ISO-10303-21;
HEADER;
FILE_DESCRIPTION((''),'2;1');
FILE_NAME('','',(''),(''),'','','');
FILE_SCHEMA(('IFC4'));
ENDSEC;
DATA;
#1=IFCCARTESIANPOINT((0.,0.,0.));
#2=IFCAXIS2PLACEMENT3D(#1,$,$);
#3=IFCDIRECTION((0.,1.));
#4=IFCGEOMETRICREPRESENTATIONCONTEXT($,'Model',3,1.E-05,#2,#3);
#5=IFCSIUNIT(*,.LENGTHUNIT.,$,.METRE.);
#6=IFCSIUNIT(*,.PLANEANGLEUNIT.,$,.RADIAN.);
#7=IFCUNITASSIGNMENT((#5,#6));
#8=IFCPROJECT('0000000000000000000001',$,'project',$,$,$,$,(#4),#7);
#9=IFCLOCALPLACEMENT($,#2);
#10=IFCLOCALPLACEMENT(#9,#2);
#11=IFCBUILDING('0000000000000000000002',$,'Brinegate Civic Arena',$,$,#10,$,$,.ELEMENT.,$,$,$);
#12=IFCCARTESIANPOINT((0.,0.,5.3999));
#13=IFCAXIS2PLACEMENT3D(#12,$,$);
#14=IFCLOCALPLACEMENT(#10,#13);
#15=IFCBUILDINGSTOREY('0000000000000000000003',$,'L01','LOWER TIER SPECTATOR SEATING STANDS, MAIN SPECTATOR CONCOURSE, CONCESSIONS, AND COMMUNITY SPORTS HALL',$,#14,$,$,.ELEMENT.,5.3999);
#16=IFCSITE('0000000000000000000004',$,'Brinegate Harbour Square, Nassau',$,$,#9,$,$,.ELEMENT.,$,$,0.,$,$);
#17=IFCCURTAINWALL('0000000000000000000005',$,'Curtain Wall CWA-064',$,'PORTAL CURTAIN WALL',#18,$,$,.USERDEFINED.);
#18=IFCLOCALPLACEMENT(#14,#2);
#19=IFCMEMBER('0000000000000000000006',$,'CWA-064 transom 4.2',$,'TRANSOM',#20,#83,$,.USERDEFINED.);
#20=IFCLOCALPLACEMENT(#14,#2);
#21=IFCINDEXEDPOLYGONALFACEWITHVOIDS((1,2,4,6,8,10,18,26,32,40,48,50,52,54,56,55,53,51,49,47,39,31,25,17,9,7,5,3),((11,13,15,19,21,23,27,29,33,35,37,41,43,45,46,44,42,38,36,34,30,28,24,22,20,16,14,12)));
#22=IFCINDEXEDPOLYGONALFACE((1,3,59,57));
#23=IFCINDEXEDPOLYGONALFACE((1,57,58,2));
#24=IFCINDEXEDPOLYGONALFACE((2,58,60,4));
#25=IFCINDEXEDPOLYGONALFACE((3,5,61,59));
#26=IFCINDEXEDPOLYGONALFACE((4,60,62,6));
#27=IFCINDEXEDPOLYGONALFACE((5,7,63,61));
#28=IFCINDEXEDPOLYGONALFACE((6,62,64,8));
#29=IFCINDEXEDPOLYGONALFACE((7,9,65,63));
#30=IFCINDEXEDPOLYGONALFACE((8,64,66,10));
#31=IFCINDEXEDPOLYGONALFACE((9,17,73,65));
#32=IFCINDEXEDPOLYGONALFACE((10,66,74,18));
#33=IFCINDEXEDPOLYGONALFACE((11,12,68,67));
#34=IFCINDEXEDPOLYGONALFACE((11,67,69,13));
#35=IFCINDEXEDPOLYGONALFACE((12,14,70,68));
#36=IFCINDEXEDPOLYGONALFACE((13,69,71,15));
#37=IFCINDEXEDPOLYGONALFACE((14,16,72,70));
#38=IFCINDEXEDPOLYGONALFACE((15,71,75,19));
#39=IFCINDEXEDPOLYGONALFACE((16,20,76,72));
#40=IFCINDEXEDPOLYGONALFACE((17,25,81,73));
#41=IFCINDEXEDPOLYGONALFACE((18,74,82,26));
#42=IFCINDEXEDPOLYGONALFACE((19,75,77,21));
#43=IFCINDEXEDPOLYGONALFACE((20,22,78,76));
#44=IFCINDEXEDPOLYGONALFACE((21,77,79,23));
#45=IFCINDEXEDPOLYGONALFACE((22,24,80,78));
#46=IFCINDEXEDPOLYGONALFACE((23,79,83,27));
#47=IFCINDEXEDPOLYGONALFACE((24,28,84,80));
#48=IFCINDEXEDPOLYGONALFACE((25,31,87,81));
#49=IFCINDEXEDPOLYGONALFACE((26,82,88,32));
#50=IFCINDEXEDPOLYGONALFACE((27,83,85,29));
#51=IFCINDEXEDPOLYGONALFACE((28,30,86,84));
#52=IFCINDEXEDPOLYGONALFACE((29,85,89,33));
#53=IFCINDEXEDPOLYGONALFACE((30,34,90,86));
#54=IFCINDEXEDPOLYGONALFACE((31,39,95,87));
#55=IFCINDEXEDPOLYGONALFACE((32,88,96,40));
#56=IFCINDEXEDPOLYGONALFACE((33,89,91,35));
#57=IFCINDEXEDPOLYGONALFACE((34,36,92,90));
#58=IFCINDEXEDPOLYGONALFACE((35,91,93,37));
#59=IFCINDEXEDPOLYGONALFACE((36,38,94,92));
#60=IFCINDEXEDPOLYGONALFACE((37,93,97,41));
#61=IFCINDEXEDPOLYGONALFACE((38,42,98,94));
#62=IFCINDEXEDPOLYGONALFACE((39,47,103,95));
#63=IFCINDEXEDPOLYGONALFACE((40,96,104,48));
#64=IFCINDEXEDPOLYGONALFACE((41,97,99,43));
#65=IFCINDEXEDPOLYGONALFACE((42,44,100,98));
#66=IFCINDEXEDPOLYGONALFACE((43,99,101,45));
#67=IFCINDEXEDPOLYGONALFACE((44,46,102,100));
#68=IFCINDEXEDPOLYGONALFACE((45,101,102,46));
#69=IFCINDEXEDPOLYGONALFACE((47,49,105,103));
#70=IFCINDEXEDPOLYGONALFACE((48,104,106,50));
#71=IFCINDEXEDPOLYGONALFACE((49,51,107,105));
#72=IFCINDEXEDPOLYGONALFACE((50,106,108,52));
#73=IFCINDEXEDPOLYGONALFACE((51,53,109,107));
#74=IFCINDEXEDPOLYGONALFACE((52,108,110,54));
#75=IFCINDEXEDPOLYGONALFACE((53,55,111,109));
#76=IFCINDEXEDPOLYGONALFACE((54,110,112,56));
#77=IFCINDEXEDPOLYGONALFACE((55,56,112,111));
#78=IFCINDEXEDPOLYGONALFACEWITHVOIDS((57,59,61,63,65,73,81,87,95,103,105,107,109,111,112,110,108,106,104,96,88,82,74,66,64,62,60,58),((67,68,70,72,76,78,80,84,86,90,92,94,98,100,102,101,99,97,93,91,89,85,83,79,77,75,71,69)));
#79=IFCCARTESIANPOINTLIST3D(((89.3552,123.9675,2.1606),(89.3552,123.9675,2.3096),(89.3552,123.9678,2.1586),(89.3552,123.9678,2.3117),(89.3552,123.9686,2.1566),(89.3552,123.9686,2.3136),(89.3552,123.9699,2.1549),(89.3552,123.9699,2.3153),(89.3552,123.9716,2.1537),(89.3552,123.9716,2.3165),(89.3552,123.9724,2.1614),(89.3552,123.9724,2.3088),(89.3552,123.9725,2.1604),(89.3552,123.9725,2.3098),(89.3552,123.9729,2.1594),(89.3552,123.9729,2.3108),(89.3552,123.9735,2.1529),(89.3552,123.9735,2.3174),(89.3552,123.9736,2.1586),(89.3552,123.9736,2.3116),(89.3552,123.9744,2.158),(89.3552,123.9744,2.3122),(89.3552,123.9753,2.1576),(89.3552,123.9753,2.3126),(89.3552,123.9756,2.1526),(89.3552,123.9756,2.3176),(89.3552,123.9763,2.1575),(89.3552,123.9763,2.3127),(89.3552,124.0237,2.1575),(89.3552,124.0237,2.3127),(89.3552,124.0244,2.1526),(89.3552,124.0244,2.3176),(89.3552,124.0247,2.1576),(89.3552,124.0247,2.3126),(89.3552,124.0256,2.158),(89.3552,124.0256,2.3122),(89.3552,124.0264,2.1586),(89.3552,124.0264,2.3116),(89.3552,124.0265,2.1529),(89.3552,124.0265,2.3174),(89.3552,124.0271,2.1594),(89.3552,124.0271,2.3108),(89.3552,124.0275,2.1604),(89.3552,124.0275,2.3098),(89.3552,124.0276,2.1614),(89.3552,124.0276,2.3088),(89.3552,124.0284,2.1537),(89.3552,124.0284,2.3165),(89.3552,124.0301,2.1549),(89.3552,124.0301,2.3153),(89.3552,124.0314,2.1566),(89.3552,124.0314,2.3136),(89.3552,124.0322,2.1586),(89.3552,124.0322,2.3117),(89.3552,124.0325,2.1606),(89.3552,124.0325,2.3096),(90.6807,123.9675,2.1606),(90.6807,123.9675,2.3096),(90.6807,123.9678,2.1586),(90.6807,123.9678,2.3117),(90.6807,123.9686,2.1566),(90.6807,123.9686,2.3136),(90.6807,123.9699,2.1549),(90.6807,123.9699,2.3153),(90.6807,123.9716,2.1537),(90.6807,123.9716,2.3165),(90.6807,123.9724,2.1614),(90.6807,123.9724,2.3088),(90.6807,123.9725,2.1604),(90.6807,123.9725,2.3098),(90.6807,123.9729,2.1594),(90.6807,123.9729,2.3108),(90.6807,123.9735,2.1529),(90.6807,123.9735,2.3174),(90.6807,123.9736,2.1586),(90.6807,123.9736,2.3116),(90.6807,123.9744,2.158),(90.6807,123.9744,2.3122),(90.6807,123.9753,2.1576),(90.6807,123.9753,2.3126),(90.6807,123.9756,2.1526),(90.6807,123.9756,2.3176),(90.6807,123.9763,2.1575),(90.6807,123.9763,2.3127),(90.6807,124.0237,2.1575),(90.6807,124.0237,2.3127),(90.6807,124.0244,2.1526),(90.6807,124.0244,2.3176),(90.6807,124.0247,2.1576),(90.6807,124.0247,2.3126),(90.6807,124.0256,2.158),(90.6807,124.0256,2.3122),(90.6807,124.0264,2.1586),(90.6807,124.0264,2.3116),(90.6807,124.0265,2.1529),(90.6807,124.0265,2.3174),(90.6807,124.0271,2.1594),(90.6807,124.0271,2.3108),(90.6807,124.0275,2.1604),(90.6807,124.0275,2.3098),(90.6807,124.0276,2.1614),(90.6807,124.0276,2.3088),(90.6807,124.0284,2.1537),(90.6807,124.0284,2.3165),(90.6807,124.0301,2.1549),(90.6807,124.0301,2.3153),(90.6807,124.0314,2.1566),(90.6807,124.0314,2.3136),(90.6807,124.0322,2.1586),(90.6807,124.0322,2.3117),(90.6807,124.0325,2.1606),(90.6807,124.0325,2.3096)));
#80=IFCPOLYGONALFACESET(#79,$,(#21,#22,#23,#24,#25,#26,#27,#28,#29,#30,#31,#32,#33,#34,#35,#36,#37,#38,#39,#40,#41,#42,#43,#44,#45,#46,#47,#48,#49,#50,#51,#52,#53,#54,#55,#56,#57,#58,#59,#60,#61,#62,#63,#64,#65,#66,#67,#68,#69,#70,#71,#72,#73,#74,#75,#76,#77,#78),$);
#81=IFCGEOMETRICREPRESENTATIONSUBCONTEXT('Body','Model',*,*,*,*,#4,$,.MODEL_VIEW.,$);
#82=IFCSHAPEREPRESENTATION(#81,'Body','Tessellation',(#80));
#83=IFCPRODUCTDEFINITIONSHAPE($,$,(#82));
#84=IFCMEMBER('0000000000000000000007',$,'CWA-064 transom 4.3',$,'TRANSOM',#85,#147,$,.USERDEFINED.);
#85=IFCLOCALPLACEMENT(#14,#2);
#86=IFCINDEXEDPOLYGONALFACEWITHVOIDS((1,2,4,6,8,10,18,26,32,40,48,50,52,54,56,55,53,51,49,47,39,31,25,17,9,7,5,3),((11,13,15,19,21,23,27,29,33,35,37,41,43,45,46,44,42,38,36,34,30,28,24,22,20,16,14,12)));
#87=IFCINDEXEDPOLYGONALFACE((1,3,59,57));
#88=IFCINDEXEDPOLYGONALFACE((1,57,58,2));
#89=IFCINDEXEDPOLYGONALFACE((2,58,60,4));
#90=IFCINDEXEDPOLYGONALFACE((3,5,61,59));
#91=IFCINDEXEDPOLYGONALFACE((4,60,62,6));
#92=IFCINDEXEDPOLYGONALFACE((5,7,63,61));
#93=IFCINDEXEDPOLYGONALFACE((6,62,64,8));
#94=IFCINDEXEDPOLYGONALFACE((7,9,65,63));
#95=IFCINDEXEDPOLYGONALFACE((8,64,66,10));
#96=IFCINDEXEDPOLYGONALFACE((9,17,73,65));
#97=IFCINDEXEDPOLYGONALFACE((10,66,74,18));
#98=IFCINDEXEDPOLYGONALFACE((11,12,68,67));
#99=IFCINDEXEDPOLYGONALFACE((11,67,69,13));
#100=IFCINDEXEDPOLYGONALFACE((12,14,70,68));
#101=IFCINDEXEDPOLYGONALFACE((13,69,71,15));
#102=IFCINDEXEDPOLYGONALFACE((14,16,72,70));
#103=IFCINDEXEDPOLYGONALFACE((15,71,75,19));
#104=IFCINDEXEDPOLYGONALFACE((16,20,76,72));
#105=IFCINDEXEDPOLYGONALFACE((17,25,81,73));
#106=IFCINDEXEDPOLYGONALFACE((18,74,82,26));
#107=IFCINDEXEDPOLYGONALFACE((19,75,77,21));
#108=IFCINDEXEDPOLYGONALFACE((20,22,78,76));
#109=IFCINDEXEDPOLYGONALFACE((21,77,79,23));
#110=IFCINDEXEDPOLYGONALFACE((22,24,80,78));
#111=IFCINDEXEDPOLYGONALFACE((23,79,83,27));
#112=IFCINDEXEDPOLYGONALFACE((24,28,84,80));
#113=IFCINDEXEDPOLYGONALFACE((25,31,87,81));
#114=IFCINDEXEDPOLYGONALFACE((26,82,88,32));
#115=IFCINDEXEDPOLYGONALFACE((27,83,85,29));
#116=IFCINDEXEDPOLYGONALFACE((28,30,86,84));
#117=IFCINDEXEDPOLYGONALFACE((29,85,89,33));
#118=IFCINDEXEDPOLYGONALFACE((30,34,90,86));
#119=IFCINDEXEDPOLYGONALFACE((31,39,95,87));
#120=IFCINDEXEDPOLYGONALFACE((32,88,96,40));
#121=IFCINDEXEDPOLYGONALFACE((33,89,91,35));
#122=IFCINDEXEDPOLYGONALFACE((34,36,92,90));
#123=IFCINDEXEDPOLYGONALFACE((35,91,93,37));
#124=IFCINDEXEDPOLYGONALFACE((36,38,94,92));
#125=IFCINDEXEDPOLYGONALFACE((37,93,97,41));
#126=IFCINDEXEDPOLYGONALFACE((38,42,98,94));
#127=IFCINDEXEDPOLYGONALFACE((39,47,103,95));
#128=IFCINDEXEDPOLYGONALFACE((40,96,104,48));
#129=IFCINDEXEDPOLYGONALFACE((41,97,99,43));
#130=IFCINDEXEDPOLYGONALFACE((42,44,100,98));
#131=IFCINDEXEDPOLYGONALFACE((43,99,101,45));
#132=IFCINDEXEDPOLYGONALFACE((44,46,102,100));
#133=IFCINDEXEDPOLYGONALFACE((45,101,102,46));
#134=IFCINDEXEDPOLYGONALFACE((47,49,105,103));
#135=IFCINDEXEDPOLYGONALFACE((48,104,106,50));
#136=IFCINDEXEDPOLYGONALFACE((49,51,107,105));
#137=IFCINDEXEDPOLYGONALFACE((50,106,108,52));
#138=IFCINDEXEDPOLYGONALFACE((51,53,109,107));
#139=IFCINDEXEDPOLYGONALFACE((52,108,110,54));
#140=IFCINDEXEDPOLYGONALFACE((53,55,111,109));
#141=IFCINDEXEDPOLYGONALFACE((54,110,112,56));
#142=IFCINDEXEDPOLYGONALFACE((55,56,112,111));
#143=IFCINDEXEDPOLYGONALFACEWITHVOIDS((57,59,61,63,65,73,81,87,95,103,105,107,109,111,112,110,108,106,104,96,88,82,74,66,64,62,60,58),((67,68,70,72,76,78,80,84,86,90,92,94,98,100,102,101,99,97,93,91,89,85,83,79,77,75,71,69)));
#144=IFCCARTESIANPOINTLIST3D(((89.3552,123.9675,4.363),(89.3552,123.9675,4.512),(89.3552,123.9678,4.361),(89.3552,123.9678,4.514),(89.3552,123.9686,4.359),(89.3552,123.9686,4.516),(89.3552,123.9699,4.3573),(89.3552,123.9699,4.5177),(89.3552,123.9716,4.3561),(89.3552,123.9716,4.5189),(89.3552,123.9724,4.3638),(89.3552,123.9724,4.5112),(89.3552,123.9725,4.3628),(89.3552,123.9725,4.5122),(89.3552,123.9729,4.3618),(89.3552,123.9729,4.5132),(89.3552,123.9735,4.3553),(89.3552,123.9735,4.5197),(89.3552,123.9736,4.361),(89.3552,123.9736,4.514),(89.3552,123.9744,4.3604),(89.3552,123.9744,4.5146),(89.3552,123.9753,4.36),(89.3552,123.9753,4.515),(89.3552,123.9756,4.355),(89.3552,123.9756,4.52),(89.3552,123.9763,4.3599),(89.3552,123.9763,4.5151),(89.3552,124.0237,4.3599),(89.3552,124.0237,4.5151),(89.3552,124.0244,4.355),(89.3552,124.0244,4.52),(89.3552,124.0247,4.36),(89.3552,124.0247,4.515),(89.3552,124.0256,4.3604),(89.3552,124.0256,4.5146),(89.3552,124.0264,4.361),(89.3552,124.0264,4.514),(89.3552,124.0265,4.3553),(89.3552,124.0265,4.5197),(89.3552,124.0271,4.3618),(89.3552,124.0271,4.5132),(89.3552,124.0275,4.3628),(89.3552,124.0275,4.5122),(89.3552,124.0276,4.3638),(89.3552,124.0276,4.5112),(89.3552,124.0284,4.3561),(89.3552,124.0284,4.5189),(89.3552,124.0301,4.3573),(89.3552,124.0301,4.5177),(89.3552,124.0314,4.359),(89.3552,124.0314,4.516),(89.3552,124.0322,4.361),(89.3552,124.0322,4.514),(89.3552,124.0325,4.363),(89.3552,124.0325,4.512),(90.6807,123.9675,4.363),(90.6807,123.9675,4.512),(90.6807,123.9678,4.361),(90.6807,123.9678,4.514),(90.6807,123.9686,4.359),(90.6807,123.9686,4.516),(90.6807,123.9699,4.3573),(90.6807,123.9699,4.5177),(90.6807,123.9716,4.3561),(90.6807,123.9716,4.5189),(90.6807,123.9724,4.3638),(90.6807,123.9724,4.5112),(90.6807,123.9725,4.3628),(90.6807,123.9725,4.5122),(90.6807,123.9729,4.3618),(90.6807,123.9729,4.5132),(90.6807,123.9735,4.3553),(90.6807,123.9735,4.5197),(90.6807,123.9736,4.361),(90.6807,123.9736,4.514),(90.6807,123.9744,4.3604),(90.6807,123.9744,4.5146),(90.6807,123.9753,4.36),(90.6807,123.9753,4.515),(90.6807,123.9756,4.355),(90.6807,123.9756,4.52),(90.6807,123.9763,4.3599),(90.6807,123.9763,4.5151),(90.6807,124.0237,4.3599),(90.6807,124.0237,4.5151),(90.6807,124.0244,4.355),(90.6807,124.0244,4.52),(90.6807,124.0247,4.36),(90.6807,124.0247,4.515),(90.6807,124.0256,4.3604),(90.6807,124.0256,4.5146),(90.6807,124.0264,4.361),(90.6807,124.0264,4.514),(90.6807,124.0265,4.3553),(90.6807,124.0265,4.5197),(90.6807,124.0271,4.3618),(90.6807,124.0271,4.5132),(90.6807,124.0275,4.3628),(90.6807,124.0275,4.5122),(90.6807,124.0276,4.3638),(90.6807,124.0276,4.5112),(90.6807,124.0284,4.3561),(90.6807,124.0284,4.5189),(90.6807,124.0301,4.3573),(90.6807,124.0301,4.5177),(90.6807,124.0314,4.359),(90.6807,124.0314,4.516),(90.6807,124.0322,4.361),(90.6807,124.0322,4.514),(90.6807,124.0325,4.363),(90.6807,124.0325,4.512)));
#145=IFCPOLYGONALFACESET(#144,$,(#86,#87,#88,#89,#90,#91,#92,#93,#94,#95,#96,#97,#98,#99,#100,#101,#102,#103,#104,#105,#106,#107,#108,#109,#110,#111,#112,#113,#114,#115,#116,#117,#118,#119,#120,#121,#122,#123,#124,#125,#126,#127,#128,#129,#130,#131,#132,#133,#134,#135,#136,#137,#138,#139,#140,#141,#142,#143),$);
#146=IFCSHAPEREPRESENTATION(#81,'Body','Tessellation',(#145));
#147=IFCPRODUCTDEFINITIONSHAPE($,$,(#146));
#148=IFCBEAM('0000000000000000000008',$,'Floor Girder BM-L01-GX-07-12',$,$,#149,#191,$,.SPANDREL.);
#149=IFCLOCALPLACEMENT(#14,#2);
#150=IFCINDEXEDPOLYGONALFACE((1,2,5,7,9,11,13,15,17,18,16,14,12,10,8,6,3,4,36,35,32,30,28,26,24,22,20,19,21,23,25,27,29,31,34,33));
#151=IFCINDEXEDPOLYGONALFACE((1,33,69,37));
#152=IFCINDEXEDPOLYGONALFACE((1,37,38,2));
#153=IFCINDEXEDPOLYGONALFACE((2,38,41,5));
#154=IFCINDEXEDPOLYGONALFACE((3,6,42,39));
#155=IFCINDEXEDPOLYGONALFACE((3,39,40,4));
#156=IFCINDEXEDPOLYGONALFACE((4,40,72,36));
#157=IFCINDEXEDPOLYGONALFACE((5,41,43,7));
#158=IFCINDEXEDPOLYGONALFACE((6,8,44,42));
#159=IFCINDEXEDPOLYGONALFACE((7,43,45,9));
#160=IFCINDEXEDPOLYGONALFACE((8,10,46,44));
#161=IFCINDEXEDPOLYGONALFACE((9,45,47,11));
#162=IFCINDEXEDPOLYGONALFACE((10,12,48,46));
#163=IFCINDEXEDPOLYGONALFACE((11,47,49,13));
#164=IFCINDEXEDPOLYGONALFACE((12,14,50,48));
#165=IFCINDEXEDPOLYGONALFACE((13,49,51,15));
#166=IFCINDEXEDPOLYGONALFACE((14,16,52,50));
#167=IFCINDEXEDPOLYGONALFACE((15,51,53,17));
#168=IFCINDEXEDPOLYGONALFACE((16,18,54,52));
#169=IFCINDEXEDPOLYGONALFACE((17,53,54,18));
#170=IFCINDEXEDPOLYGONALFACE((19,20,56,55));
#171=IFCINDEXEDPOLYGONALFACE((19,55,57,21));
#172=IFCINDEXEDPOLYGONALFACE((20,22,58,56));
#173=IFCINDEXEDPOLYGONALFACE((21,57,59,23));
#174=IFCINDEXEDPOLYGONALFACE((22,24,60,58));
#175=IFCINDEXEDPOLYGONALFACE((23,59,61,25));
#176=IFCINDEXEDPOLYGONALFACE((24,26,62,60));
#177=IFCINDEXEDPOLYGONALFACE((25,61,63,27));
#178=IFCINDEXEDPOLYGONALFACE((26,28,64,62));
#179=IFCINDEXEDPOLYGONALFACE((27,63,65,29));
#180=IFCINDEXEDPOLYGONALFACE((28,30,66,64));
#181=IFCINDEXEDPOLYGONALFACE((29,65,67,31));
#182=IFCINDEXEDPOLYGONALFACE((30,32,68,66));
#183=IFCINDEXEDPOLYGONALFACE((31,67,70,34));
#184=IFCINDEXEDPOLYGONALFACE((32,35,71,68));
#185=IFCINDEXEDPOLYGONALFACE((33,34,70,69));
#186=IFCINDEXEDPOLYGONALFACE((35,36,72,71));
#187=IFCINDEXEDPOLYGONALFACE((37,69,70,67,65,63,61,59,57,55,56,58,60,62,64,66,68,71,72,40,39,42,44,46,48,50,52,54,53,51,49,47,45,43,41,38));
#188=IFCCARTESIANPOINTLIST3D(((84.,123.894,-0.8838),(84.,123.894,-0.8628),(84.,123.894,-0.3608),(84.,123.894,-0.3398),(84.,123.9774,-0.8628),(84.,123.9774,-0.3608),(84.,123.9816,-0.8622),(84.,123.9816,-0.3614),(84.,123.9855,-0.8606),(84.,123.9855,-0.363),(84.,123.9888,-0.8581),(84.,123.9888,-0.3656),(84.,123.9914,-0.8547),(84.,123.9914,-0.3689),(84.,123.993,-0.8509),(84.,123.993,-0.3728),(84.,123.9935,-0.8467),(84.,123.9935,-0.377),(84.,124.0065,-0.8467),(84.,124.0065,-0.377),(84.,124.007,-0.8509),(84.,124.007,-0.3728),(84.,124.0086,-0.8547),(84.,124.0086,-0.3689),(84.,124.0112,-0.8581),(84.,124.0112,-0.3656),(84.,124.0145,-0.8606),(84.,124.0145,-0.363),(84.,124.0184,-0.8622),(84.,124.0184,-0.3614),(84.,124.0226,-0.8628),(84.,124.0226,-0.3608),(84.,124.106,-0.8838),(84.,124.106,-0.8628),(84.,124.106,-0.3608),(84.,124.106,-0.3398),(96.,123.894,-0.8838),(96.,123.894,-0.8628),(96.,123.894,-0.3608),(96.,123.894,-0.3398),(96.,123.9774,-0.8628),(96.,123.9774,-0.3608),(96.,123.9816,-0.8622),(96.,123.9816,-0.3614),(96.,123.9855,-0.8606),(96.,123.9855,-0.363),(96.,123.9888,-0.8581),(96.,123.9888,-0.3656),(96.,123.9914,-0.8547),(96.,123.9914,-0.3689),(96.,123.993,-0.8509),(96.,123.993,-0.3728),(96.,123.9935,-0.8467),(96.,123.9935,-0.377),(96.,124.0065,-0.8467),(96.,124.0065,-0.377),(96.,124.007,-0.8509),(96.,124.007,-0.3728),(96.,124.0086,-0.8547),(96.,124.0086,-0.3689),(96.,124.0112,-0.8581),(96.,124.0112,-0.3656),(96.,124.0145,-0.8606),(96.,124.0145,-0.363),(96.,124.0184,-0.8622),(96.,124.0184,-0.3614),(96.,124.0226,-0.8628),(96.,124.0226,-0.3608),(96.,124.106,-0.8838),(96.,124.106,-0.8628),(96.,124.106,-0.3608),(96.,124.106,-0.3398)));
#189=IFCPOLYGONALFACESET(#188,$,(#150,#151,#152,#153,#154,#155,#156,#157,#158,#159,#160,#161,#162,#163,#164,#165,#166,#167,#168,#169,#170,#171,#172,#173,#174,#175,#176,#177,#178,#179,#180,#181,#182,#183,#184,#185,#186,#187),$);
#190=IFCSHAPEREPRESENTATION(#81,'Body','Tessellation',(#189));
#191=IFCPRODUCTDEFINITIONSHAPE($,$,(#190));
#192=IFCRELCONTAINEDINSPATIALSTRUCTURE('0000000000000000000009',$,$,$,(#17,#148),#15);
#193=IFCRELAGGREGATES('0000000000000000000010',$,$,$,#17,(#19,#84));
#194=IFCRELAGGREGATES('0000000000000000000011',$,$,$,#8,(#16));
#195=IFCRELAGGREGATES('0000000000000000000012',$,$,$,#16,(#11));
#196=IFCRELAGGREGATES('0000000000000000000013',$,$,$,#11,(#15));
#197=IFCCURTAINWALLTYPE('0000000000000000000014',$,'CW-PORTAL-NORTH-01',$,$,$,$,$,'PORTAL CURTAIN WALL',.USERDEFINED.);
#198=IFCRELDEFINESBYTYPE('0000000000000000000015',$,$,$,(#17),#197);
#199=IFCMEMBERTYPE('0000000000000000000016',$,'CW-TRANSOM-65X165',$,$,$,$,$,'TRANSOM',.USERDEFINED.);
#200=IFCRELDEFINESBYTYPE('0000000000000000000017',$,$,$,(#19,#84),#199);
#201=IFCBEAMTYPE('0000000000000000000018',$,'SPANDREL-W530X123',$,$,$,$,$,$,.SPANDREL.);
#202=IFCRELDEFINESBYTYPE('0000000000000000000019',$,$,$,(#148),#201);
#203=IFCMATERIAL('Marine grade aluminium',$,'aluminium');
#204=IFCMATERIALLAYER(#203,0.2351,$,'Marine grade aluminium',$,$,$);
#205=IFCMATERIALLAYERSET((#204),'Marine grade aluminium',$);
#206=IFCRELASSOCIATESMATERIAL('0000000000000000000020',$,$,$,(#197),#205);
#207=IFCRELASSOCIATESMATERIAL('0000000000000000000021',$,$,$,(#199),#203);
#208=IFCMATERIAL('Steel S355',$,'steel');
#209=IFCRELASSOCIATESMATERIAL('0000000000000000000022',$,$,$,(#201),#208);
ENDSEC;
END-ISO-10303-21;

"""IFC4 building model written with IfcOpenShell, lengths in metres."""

from ifc_helpers import new_model, si_unit, direction, frame, origin, origin_2d, place, context, subcontext, project, spatial, hollow_rectangle, i_section, extrude, material, layer, layer_set, material_profile, profile_set, type_object, element, aggregate, save


model = new_model("IFC4")

# Units and contexts
model_context = context("Model", 3, precision=1e-05, world=origin(), true_north=direction((0.0, 1.0)))
body_context = subcontext(model_context, "Body", "Model", "MODEL_VIEW")
ifc_project = project(units=[si_unit("LENGTHUNIT", "METRE"), si_unit("PLANEANGLEUNIT", "RADIAN")], contexts=[model_context])

# Site, building, storey
site_placement = place(None, origin())
site = spatial("IfcSite", under=ifc_project, at=site_placement, Name="Brinegate Harbour Square, Nassau", CompositionType="ELEMENT", RefElevation=0.0)
building_placement = place(site_placement, origin())
building = spatial("IfcBuilding", under=site, at=building_placement, Name="Brinegate Civic Arena", CompositionType="ELEMENT")
storey_placement = place(building_placement, frame((0.0, 0.0, 5.3999)))
storey = spatial("IfcBuildingStorey", under=building, at=storey_placement, Name="L01", Description="LOWER TIER SPECTATOR SEATING STANDS, MAIN SPECTATOR CONCOURSE, CONCESSIONS, AND COMMUNITY SPORTS HALL", CompositionType="ELEMENT", Elevation=5.3999)

# Curtain wall, members
ifc_material_1 = material(Name="Marine grade aluminium", Category="aluminium")
ifc_layer_1 = layer(ifc_material_1, 0.2351, Name="Marine grade aluminium")
ifc_layer_set_1 = layer_set([ifc_layer_1], Name="Marine grade aluminium")
curtain_wall_type = type_object("IfcCurtainWallType", Name="CW-PORTAL-NORTH-01", ElementType="PORTAL CURTAIN WALL", PredefinedType="USERDEFINED", material=ifc_layer_set_1)
curtain_wall_placement = place(storey_placement, origin())
curtain_wall = element("IfcCurtainWall", 1, at=curtain_wall_placement, inside=storey, type_object=curtain_wall_type, Name="Curtain Wall CWA-064", ObjectType="PORTAL CURTAIN WALL", PredefinedType="USERDEFINED")
ifc_material_profile_1 = material_profile(ifc_material_1, hollow_rectangle(XDim=0.0649, YDim=0.165, WallThickness=0.0049, InnerFilletRadius=0.0039, OuterFilletRadius=0.0081, at=origin_2d()), Name="TRN65X165")
ifc_profile_set_1 = profile_set([ifc_material_profile_1], Name="Marine grade aluminium")
member_type_1 = type_object("IfcMemberType", Name="CW-TRANSOM-65X165", ElementType="TRANSOM", PredefinedType="USERDEFINED", material=ifc_profile_set_1)
member_1_placement = place(storey_placement, frame((89.3552, 124.0, 2.2351), z_axis=(1.0, 0.0, 0.0), x_axis=(0.0, 1.0, 0.0)))
member_1 = element("IfcMember", 2, at=member_1_placement, type_object=member_type_1, Name="CWA-064 transom 4.2", ObjectType="TRANSOM", PredefinedType="USERDEFINED", context=body_context, shape_type="SweptSolid", body=[
    extrude(hollow_rectangle(XDim=0.0649, YDim=0.165, WallThickness=0.0049, InnerFilletRadius=0.0039, OuterFilletRadius=0.0081, at=origin_2d()), origin(), (0.0, 0.0, 1.0), 1.3254),
])
member_2_placement = place(storey_placement, frame((89.3552, 124.0, 4.4375), z_axis=(1.0, 0.0, 0.0), x_axis=(0.0, 1.0, 0.0)))
member_2 = element("IfcMember", 3, at=member_2_placement, type_object=member_type_1, Name="CWA-064 transom 4.3", ObjectType="TRANSOM", PredefinedType="USERDEFINED", context=body_context, shape_type="SweptSolid", body=[
    extrude(hollow_rectangle(XDim=0.0649, YDim=0.165, WallThickness=0.0049, InnerFilletRadius=0.0039, OuterFilletRadius=0.0081, at=origin_2d()), origin(), (0.0, 0.0, 1.0), 1.3254),
])

# Beam
ifc_material_2 = material(Name="Steel S355", Category="steel")
ifc_material_profile_2 = material_profile(ifc_material_2, i_section(OverallWidth=0.2119, OverallDepth=0.5439, WebThickness=0.0129, FlangeThickness=0.021, FilletRadius=0.0161, at=origin_2d()), Name="W530X123")
ifc_profile_set_2 = profile_set([ifc_material_profile_2], Name="Steel S355")
beam_type = type_object("IfcBeamType", Name="SPANDREL-W530X123", PredefinedType="SPANDREL", material=ifc_profile_set_2)
beam_placement = place(storey_placement, frame((84.0, 124.0, -0.6118), z_axis=(1.0, 0.0, 0.0), x_axis=(0.0, 1.0, 0.0)))
element("IfcBeam", 4, at=beam_placement, inside=storey, type_object=beam_type, Name="Floor Girder BM-L01-GX-07-12", PredefinedType="SPANDREL", context=body_context, shape_type="SweptSolid", body=[
    extrude(i_section(OverallWidth=0.2119, OverallDepth=0.5439, WebThickness=0.0129, FlangeThickness=0.021, FilletRadius=0.0161, at=origin_2d()), origin(), (0.0, 0.0, 1.0), 12.0),
])

aggregate(curtain_wall, [member_1, member_2])

save(model, "model.ifc")
